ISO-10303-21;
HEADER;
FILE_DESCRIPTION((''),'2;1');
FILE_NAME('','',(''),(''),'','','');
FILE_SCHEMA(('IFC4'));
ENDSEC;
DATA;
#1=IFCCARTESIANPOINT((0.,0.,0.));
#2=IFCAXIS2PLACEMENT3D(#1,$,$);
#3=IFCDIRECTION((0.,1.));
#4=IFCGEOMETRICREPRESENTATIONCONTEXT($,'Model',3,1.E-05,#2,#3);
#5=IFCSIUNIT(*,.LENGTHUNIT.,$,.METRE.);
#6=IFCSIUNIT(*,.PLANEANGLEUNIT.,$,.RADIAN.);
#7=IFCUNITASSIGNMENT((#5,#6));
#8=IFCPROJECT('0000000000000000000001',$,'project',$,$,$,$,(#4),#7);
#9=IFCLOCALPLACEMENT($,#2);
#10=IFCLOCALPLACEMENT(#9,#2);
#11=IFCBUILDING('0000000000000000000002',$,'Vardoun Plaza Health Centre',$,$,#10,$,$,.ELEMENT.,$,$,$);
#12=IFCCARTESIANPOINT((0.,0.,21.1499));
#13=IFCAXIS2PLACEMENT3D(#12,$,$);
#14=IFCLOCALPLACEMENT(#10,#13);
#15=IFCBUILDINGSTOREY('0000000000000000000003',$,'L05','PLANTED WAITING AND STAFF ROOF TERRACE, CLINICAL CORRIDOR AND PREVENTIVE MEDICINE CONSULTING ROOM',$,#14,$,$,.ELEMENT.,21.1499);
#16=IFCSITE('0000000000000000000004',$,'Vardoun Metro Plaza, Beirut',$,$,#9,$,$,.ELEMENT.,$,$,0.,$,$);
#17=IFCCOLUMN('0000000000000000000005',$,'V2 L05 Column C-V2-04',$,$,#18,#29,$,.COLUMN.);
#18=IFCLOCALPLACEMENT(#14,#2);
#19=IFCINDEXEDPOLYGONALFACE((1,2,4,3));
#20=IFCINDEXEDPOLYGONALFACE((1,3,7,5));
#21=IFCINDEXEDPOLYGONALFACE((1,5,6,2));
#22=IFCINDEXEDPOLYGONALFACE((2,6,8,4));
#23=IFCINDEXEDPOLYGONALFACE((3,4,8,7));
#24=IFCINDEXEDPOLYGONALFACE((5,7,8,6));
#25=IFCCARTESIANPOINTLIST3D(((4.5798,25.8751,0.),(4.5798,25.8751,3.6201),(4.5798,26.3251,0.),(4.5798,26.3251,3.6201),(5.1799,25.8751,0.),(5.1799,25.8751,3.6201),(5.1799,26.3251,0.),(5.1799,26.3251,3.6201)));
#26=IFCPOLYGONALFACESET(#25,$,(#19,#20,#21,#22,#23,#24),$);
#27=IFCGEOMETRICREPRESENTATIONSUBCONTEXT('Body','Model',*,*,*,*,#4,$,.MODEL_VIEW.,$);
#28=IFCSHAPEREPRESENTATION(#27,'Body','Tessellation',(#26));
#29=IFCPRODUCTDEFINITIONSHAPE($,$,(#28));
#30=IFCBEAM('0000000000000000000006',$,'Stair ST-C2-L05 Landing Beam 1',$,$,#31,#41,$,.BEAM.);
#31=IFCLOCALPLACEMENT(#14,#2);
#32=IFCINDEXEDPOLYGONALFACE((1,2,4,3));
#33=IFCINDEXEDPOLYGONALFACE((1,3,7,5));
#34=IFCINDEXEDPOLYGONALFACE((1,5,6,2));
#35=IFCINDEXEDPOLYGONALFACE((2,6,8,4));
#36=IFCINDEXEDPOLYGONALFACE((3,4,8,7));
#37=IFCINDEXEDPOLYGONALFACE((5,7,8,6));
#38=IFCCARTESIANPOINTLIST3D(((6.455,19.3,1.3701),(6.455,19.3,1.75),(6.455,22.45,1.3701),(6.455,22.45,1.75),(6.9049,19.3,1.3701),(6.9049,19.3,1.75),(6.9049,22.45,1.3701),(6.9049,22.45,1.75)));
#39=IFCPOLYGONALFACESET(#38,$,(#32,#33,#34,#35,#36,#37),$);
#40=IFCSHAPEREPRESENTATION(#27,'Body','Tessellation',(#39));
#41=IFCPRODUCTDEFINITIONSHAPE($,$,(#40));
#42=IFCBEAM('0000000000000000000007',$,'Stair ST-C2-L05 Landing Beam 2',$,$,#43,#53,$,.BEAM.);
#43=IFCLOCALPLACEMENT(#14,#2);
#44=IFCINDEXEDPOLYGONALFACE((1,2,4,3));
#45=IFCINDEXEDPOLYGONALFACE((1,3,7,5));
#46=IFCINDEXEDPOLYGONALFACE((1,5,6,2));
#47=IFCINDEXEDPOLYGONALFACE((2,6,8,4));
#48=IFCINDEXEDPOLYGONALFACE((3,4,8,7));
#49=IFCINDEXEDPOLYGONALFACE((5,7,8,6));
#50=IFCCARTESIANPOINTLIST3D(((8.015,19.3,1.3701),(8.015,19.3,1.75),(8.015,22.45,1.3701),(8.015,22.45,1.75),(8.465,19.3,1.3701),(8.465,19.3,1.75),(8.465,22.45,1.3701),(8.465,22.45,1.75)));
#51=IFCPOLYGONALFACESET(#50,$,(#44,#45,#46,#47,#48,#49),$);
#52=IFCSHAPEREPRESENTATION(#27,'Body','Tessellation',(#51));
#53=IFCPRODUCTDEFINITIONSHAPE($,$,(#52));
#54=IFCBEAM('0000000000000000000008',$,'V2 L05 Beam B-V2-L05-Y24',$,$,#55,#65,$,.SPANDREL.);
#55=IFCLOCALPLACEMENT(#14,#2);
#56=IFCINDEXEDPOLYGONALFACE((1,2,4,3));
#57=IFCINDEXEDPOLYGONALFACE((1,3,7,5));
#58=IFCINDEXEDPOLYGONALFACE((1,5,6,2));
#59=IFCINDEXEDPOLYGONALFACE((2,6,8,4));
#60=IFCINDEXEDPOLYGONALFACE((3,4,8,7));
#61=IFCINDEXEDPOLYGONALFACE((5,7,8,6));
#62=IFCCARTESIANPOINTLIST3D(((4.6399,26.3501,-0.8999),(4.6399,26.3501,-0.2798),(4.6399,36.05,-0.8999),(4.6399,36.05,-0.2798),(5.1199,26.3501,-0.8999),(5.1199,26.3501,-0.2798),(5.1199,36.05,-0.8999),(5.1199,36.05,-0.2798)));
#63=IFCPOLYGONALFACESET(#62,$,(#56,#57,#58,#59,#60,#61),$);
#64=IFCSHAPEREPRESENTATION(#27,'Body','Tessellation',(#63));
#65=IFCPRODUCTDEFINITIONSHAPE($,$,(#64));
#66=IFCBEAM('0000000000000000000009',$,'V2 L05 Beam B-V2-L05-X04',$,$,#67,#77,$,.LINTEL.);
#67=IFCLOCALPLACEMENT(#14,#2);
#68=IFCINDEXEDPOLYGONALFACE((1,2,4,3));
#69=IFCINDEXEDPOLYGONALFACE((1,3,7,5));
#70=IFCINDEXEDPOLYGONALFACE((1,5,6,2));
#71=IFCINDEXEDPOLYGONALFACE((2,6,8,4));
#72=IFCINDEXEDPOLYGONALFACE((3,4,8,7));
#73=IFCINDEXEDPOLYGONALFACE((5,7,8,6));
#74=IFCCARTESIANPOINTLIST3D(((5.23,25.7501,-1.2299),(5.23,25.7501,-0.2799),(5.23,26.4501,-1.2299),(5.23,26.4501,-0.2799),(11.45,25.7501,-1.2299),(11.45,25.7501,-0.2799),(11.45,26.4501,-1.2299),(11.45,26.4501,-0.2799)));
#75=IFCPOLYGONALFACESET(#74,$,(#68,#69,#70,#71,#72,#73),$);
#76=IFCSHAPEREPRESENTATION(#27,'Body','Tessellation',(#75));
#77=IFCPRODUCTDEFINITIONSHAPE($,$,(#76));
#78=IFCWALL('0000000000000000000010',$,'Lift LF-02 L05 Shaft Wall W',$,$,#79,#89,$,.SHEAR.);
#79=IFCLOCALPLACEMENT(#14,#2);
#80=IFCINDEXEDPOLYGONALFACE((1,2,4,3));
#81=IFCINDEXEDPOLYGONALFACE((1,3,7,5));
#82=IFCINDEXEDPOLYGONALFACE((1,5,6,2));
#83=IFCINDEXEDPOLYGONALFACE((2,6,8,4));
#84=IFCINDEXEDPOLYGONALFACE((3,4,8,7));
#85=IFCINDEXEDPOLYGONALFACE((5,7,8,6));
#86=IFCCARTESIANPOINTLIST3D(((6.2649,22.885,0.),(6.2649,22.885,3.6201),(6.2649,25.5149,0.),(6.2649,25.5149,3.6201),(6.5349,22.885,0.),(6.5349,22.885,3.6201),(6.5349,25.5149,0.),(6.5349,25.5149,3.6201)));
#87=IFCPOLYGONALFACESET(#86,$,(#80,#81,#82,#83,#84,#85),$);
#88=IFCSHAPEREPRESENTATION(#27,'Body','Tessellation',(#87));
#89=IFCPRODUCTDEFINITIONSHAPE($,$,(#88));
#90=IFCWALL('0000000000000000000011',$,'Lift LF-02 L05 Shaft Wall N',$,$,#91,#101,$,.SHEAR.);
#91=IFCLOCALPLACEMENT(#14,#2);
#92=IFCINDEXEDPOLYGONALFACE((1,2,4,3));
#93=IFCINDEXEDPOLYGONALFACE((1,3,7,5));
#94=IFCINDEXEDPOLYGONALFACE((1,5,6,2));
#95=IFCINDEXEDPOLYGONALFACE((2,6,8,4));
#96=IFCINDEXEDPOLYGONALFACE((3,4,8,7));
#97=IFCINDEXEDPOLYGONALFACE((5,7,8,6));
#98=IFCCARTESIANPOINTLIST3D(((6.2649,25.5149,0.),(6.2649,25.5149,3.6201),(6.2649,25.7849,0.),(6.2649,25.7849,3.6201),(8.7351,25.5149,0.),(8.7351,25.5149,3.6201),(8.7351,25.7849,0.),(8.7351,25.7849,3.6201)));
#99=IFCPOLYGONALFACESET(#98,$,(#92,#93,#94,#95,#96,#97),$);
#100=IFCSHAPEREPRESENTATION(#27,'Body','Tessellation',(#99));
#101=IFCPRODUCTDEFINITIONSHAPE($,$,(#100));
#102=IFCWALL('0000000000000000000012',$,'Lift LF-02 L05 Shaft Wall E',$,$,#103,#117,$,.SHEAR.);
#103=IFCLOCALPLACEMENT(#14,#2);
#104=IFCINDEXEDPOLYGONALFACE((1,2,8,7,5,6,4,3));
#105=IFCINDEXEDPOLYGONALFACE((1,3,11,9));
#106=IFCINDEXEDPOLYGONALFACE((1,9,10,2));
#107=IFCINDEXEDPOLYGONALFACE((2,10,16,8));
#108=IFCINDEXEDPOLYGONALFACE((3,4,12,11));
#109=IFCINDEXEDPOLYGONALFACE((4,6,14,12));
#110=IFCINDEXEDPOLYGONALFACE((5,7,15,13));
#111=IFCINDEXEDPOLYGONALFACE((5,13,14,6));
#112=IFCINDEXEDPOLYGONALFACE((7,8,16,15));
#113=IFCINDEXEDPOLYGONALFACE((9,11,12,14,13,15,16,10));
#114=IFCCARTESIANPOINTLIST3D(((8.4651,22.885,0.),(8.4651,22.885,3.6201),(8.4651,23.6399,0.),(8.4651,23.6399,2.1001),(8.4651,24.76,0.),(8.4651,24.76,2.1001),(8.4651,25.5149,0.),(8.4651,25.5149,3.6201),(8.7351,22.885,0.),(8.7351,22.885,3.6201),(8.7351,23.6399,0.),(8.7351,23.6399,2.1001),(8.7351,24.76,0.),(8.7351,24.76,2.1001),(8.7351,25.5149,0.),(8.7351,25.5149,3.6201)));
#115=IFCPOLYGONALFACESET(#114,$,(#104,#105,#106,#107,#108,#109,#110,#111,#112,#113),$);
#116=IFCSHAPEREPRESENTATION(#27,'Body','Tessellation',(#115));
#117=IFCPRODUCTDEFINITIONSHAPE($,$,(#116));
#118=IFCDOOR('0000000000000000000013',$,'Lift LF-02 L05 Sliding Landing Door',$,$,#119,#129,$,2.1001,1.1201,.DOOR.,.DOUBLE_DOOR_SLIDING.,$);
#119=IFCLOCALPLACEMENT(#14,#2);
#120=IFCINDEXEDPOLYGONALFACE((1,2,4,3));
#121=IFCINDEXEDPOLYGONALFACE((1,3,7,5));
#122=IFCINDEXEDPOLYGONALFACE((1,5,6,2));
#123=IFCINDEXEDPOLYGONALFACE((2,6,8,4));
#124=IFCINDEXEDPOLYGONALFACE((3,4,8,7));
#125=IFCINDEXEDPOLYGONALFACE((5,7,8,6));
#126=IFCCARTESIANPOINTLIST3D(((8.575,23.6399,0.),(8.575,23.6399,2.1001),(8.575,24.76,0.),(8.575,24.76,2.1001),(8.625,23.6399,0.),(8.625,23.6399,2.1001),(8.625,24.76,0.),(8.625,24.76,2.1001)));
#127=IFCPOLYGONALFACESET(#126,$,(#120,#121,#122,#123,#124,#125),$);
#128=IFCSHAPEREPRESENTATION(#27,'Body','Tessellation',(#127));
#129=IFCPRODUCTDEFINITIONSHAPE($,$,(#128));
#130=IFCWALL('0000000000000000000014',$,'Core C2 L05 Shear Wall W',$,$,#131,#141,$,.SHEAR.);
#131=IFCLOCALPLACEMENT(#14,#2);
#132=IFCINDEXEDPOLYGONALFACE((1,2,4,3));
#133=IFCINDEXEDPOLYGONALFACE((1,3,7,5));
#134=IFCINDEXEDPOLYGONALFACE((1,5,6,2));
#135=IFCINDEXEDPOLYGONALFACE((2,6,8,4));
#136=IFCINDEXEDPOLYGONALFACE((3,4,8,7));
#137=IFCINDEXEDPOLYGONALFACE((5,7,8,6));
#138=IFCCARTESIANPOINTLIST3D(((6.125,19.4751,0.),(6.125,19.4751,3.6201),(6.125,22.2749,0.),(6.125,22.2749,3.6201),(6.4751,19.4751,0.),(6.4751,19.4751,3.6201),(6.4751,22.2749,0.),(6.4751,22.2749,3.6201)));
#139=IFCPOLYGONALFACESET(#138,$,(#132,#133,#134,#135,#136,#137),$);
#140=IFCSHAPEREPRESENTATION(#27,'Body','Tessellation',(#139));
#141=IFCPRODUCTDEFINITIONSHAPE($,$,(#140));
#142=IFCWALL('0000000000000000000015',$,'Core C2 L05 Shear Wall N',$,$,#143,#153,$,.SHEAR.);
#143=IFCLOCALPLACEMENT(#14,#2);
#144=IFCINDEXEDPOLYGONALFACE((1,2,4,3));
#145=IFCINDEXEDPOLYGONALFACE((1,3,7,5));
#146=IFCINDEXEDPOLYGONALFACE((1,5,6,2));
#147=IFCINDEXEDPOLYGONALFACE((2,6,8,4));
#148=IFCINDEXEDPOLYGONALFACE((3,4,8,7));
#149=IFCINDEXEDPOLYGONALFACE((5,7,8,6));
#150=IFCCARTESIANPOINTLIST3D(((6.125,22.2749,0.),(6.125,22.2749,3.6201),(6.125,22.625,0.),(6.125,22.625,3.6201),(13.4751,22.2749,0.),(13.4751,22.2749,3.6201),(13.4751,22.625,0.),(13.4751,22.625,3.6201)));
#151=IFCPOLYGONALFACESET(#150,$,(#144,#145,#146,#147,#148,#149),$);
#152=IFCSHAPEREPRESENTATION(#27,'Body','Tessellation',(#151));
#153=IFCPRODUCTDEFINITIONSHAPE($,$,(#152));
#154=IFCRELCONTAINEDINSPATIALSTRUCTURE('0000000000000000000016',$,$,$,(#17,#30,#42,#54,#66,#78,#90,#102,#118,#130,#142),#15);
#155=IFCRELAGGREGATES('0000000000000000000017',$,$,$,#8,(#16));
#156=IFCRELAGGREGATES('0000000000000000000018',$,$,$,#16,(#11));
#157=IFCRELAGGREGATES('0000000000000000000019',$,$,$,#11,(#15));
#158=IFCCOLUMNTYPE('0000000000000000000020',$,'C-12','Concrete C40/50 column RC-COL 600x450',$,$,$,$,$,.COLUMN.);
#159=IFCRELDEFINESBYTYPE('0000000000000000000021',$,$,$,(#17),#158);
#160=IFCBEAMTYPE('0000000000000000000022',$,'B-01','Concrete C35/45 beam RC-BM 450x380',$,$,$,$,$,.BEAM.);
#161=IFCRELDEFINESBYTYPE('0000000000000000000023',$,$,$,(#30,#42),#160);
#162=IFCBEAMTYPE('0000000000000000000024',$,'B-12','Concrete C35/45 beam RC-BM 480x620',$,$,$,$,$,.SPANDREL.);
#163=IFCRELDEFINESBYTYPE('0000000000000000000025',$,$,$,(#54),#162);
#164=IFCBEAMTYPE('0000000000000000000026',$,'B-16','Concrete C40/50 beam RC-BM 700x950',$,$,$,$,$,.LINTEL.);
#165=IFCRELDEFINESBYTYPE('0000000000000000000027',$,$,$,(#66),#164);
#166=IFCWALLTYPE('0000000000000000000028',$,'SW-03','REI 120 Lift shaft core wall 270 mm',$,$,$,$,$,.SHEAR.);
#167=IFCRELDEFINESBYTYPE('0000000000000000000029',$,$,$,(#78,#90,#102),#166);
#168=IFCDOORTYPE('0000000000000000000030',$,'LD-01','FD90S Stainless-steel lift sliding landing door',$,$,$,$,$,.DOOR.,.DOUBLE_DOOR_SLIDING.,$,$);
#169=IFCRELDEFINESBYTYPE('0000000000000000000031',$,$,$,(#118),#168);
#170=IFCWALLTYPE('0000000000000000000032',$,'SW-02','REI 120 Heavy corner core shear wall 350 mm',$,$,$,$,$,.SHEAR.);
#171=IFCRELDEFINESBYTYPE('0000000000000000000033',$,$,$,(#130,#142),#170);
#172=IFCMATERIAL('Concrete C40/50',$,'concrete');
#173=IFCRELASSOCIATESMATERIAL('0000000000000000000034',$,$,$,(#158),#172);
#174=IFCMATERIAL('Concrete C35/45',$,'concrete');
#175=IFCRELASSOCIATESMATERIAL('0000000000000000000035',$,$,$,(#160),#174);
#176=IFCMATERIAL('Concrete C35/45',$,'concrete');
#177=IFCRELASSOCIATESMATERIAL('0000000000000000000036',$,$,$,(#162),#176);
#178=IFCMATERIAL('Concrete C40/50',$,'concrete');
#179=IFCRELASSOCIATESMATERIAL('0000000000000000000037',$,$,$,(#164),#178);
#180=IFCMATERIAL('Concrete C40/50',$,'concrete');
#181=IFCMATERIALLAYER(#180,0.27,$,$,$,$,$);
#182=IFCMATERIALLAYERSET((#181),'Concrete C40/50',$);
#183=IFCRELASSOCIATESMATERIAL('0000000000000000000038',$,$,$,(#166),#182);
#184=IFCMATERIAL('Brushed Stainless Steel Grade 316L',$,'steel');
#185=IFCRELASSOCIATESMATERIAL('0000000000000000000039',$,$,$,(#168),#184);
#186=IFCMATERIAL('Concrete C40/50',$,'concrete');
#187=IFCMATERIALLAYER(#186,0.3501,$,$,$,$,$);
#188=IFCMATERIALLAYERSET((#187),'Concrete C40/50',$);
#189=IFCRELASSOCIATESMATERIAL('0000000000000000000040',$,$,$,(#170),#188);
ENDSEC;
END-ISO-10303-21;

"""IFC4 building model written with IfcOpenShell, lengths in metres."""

from ifc_helpers import new_model, si_unit, direction, frame, frame_2d, origin, origin_2d, place, context, subcontext, project, spatial, rectangle, extrude, material, layer, layer_set, material_profile, profile_set, type_object, element, fill, save


model = new_model("IFC4")

# Units and contexts
model_context = context("Model", 3, precision=1e-05, world=origin(), true_north=direction((0.0, 1.0)))
body_context = subcontext(model_context, "Body", "Model", "MODEL_VIEW")
ifc_project = project(units=[si_unit("LENGTHUNIT", "METRE"), si_unit("PLANEANGLEUNIT", "RADIAN")], contexts=[model_context])

# Site, building, storey
site_placement = place(None, origin())
site = spatial("IfcSite", under=ifc_project, at=site_placement, Name="Vardoun Metro Plaza, Beirut", CompositionType="ELEMENT", RefElevation=0.0)
building_placement = place(site_placement, origin())
building = spatial("IfcBuilding", under=site, at=building_placement, Name="Vardoun Plaza Health Centre", CompositionType="ELEMENT")
storey_placement = place(building_placement, frame((0.0, 0.0, 21.1499)))
storey = spatial("IfcBuildingStorey", under=building, at=storey_placement, Name="L05", Description="PLANTED WAITING AND STAFF ROOF TERRACE, CLINICAL CORRIDOR AND PREVENTIVE MEDICINE CONSULTING ROOM", CompositionType="ELEMENT", Elevation=21.1499)

# Column
ifc_material_1 = material(Name="Concrete C40/50", Category="concrete")
ifc_material_profile_1 = material_profile(ifc_material_1, rectangle(XDim=0.6001, YDim=0.45, at=origin_2d()), Name="RC-COL 600x450")
ifc_profile_set_1 = profile_set([ifc_material_profile_1], Name="Concrete C40/50")
column_type = type_object("IfcColumnType", Name="C-12", Description="Concrete C40/50 column RC-COL 600x450", PredefinedType="COLUMN", material=ifc_profile_set_1)
column_placement = place(storey_placement, frame((4.8799, 26.1001, 0.0), z_axis=(0.0, 0.0, 1.0), x_axis=(1.0, 0.0, 0.0)))
element("IfcColumn", 1, at=column_placement, inside=storey, type_object=column_type, Name="V2 L05 Column C-V2-04", PredefinedType="COLUMN", context=body_context, shape_type="SweptSolid", body=[
    extrude(rectangle(XDim=0.6001, YDim=0.45, at=origin_2d()), origin(), (0.0, 0.0, 1.0), 3.6201),
])

# Beams
ifc_material_2 = material(Name="Concrete C35/45", Category="concrete")
ifc_material_profile_2 = material_profile(ifc_material_2, rectangle(XDim=0.45, YDim=0.3799, at=origin_2d()), Name="RC-BM 450x380")
ifc_profile_set_2 = profile_set([ifc_material_profile_2], Name="Concrete C35/45")
beam_type_1 = type_object("IfcBeamType", Name="B-01", Description="Concrete C35/45 beam RC-BM 450x380", PredefinedType="BEAM", material=ifc_profile_set_2)
for number, where, z_axis, x_axis, name in (
    (2, (6.6799, 19.3, 1.5601), (0.0, 1.0, 0.0), (-1.0, 0.0, 0.0), "Stair ST-C2-L05 Landing Beam 1"),
    (3, (8.24, 19.3, 1.5601), (0.0, 1.0, 0.0), (-1.0, 0.0, 0.0), "Stair ST-C2-L05 Landing Beam 2"),
):
    element("IfcBeam", number, at=place(storey_placement, frame(where, z_axis=z_axis, x_axis=x_axis)), inside=storey, type_object=beam_type_1, Name=name, PredefinedType="BEAM", context=body_context, shape_type="SweptSolid", body=[
        extrude(rectangle(XDim=0.45, YDim=0.3799, at=origin_2d()), origin(), (0.0, 0.0, 1.0), 3.1499),
    ])
ifc_material_3 = material(Name="Concrete C35/45", Category="concrete")
ifc_material_profile_3 = material_profile(ifc_material_3, rectangle(XDim=0.48, YDim=0.6201, at=origin_2d()), Name="RC-BM 480x620")
ifc_profile_set_3 = profile_set([ifc_material_profile_3], Name="Concrete C35/45")
beam_type_2 = type_object("IfcBeamType", Name="B-12", Description="Concrete C35/45 beam RC-BM 480x620", PredefinedType="SPANDREL", material=ifc_profile_set_3)
beam_1_placement = place(storey_placement, frame((4.8799, 26.3501, -0.5898), z_axis=(0.0, 1.0, 0.0), x_axis=(-1.0, 0.0, 0.0)))
element("IfcBeam", 4, at=beam_1_placement, inside=storey, type_object=beam_type_2, Name="V2 L05 Beam B-V2-L05-Y24", PredefinedType="SPANDREL", context=body_context, shape_type="SweptSolid", body=[
    extrude(rectangle(XDim=0.48, YDim=0.6201, at=origin_2d()), origin(), (0.0, 0.0, 1.0), 9.7),
])
ifc_material_4 = material(Name="Concrete C40/50", Category="concrete")
ifc_material_profile_4 = material_profile(ifc_material_4, rectangle(XDim=0.7, YDim=0.95, at=origin_2d()), Name="RC-BM 700x950")
ifc_profile_set_4 = profile_set([ifc_material_profile_4], Name="Concrete C40/50")
beam_type_3 = type_object("IfcBeamType", Name="B-16", Description="Concrete C40/50 beam RC-BM 700x950", PredefinedType="LINTEL", material=ifc_profile_set_4)
beam_2_placement = place(storey_placement, frame((5.23, 26.1001, -0.7549), z_axis=(1.0, 0.0, 0.0), x_axis=(0.0, 1.0, 0.0)))
element("IfcBeam", 5, at=beam_2_placement, inside=storey, type_object=beam_type_3, Name="V2 L05 Beam B-V2-L05-X04", PredefinedType="LINTEL", context=body_context, shape_type="SweptSolid", body=[
    extrude(rectangle(XDim=0.7, YDim=0.95, at=origin_2d()), origin(), (0.0, 0.0, 1.0), 6.22),
])

# Walls
ifc_material_5 = material(Name="Concrete C40/50", Category="concrete")
ifc_layer_1 = layer(ifc_material_5, 0.27)
ifc_layer_set_1 = layer_set([ifc_layer_1], Name="Concrete C40/50")
wall_type_1 = type_object("IfcWallType", Name="SW-03", Description="REI 120 Lift shaft core wall 270 mm", PredefinedType="SHEAR", material=ifc_layer_set_1)
wall_1_placement = place(storey_placement, frame((6.3999, 22.885, 0.0), z_axis=(0.0, 0.0, 1.0), x_axis=(0.0, 1.0, 0.0)))
element("IfcWall", 6, at=wall_1_placement, inside=storey, type_object=wall_type_1, Name="Lift LF-02 L05 Shaft Wall W", PredefinedType="SHEAR", context=body_context, shape_type="SweptSolid", body=[
    extrude(rectangle(XDim=2.6299, YDim=0.27, at=frame_2d((1.3149, 0.0))), origin(), (0.0, 0.0, 1.0), 3.6201),
])
wall_2_placement = place(storey_placement, frame((6.2649, 25.6499, 0.0), z_axis=(0.0, 0.0, 1.0), x_axis=(1.0, 0.0, 0.0)))
element("IfcWall", 7, at=wall_2_placement, inside=storey, type_object=wall_type_1, Name="Lift LF-02 L05 Shaft Wall N", PredefinedType="SHEAR", context=body_context, shape_type="SweptSolid", body=[
    extrude(rectangle(XDim=2.4702, YDim=0.27, at=frame_2d((1.2351, 0.0))), origin(), (0.0, 0.0, 1.0), 3.6201),
])

# Wall, opening, door
wall_3_placement = place(storey_placement, frame((8.6001, 25.5149, 0.0), z_axis=(0.0, 0.0, 1.0), x_axis=(0.0, -1.0, 0.0)))
wall_3 = element("IfcWall", 8, at=wall_3_placement, inside=storey, type_object=wall_type_1, Name="Lift LF-02 L05 Shaft Wall E", PredefinedType="SHEAR", context=body_context, shape_type="SweptSolid", body=[
    extrude(rectangle(XDim=2.6299, YDim=0.27, at=frame_2d((1.3149, 0.0))), origin(), (0.0, 0.0, 1.0), 3.6201),
])
opening_1_placement = place(wall_3_placement, frame((0.7549, 0.0, 0.0)))
opening_1 = element("IfcOpeningElement", 9, at=opening_1_placement, cuts=wall_3, PredefinedType="OPENING", context=body_context, shape_type="SweptSolid", body=[
    extrude(rectangle(XDim=1.1201, YDim=2.1001, at=frame_2d((0.5601, 1.05))), frame((0.0, 0.135, 0.0), z_axis=(0.0, -1.0, 0.0), x_axis=(1.0, 0.0, 0.0)), (0.0, 0.0, 1.0), 0.27),
])
ifc_material_6 = material(Name="Brushed Stainless Steel Grade 316L", Category="steel")
door_type = type_object("IfcDoorType", Name="LD-01", Description="FD90S Stainless-steel lift sliding landing door", OperationType="DOUBLE_DOOR_SLIDING", PredefinedType="DOOR", material=ifc_material_6)
door_placement = place(opening_1_placement, origin())
door = element("IfcDoor", 10, at=door_placement, inside=storey, type_object=door_type, Name="Lift LF-02 L05 Sliding Landing Door", OperationType="DOUBLE_DOOR_SLIDING", OverallHeight=2.1001, OverallWidth=1.1201, PredefinedType="DOOR", context=body_context, shape_type="SweptSolid", body=[
    extrude(rectangle(XDim=1.1201, YDim=2.1001, at=frame_2d((0.5601, 1.05))), frame((0.0, 0.0249, 0.0), z_axis=(0.0, -1.0, 0.0), x_axis=(1.0, 0.0, 0.0)), (0.0, 0.0, 1.0), 0.05),
])
fill(opening_1, door)

# Walls
ifc_material_7 = material(Name="Concrete C40/50", Category="concrete")
ifc_layer_2 = layer(ifc_material_7, 0.3501)
ifc_layer_set_2 = layer_set([ifc_layer_2], Name="Concrete C40/50")
wall_type_2 = type_object("IfcWallType", Name="SW-02", Description="REI 120 Heavy corner core shear wall 350 mm", PredefinedType="SHEAR", material=ifc_layer_set_2)
wall_4_placement = place(storey_placement, frame((6.3, 19.4751, 0.0), z_axis=(0.0, 0.0, 1.0), x_axis=(0.0, 1.0, 0.0)))
element("IfcWall", 11, at=wall_4_placement, inside=storey, type_object=wall_type_2, Name="Core C2 L05 Shear Wall W", PredefinedType="SHEAR", context=body_context, shape_type="SweptSolid", body=[
    extrude(rectangle(XDim=2.7998, YDim=0.3501, at=frame_2d((1.3999, 0.0))), origin(), (0.0, 0.0, 1.0), 3.6201),
])
wall_5_placement = place(storey_placement, frame((6.125, 22.45, 0.0), z_axis=(0.0, 0.0, 1.0), x_axis=(1.0, 0.0, 0.0)))
element("IfcWall", 12, at=wall_5_placement, inside=storey, type_object=wall_type_2, Name="Core C2 L05 Shear Wall N", PredefinedType="SHEAR", context=body_context, shape_type="SweptSolid", body=[
    extrude(rectangle(XDim=7.3501, YDim=0.3501, at=frame_2d((3.675, 0.0))), origin(), (0.0, 0.0, 1.0), 3.6201),
])

save(model, "model.ifc")
